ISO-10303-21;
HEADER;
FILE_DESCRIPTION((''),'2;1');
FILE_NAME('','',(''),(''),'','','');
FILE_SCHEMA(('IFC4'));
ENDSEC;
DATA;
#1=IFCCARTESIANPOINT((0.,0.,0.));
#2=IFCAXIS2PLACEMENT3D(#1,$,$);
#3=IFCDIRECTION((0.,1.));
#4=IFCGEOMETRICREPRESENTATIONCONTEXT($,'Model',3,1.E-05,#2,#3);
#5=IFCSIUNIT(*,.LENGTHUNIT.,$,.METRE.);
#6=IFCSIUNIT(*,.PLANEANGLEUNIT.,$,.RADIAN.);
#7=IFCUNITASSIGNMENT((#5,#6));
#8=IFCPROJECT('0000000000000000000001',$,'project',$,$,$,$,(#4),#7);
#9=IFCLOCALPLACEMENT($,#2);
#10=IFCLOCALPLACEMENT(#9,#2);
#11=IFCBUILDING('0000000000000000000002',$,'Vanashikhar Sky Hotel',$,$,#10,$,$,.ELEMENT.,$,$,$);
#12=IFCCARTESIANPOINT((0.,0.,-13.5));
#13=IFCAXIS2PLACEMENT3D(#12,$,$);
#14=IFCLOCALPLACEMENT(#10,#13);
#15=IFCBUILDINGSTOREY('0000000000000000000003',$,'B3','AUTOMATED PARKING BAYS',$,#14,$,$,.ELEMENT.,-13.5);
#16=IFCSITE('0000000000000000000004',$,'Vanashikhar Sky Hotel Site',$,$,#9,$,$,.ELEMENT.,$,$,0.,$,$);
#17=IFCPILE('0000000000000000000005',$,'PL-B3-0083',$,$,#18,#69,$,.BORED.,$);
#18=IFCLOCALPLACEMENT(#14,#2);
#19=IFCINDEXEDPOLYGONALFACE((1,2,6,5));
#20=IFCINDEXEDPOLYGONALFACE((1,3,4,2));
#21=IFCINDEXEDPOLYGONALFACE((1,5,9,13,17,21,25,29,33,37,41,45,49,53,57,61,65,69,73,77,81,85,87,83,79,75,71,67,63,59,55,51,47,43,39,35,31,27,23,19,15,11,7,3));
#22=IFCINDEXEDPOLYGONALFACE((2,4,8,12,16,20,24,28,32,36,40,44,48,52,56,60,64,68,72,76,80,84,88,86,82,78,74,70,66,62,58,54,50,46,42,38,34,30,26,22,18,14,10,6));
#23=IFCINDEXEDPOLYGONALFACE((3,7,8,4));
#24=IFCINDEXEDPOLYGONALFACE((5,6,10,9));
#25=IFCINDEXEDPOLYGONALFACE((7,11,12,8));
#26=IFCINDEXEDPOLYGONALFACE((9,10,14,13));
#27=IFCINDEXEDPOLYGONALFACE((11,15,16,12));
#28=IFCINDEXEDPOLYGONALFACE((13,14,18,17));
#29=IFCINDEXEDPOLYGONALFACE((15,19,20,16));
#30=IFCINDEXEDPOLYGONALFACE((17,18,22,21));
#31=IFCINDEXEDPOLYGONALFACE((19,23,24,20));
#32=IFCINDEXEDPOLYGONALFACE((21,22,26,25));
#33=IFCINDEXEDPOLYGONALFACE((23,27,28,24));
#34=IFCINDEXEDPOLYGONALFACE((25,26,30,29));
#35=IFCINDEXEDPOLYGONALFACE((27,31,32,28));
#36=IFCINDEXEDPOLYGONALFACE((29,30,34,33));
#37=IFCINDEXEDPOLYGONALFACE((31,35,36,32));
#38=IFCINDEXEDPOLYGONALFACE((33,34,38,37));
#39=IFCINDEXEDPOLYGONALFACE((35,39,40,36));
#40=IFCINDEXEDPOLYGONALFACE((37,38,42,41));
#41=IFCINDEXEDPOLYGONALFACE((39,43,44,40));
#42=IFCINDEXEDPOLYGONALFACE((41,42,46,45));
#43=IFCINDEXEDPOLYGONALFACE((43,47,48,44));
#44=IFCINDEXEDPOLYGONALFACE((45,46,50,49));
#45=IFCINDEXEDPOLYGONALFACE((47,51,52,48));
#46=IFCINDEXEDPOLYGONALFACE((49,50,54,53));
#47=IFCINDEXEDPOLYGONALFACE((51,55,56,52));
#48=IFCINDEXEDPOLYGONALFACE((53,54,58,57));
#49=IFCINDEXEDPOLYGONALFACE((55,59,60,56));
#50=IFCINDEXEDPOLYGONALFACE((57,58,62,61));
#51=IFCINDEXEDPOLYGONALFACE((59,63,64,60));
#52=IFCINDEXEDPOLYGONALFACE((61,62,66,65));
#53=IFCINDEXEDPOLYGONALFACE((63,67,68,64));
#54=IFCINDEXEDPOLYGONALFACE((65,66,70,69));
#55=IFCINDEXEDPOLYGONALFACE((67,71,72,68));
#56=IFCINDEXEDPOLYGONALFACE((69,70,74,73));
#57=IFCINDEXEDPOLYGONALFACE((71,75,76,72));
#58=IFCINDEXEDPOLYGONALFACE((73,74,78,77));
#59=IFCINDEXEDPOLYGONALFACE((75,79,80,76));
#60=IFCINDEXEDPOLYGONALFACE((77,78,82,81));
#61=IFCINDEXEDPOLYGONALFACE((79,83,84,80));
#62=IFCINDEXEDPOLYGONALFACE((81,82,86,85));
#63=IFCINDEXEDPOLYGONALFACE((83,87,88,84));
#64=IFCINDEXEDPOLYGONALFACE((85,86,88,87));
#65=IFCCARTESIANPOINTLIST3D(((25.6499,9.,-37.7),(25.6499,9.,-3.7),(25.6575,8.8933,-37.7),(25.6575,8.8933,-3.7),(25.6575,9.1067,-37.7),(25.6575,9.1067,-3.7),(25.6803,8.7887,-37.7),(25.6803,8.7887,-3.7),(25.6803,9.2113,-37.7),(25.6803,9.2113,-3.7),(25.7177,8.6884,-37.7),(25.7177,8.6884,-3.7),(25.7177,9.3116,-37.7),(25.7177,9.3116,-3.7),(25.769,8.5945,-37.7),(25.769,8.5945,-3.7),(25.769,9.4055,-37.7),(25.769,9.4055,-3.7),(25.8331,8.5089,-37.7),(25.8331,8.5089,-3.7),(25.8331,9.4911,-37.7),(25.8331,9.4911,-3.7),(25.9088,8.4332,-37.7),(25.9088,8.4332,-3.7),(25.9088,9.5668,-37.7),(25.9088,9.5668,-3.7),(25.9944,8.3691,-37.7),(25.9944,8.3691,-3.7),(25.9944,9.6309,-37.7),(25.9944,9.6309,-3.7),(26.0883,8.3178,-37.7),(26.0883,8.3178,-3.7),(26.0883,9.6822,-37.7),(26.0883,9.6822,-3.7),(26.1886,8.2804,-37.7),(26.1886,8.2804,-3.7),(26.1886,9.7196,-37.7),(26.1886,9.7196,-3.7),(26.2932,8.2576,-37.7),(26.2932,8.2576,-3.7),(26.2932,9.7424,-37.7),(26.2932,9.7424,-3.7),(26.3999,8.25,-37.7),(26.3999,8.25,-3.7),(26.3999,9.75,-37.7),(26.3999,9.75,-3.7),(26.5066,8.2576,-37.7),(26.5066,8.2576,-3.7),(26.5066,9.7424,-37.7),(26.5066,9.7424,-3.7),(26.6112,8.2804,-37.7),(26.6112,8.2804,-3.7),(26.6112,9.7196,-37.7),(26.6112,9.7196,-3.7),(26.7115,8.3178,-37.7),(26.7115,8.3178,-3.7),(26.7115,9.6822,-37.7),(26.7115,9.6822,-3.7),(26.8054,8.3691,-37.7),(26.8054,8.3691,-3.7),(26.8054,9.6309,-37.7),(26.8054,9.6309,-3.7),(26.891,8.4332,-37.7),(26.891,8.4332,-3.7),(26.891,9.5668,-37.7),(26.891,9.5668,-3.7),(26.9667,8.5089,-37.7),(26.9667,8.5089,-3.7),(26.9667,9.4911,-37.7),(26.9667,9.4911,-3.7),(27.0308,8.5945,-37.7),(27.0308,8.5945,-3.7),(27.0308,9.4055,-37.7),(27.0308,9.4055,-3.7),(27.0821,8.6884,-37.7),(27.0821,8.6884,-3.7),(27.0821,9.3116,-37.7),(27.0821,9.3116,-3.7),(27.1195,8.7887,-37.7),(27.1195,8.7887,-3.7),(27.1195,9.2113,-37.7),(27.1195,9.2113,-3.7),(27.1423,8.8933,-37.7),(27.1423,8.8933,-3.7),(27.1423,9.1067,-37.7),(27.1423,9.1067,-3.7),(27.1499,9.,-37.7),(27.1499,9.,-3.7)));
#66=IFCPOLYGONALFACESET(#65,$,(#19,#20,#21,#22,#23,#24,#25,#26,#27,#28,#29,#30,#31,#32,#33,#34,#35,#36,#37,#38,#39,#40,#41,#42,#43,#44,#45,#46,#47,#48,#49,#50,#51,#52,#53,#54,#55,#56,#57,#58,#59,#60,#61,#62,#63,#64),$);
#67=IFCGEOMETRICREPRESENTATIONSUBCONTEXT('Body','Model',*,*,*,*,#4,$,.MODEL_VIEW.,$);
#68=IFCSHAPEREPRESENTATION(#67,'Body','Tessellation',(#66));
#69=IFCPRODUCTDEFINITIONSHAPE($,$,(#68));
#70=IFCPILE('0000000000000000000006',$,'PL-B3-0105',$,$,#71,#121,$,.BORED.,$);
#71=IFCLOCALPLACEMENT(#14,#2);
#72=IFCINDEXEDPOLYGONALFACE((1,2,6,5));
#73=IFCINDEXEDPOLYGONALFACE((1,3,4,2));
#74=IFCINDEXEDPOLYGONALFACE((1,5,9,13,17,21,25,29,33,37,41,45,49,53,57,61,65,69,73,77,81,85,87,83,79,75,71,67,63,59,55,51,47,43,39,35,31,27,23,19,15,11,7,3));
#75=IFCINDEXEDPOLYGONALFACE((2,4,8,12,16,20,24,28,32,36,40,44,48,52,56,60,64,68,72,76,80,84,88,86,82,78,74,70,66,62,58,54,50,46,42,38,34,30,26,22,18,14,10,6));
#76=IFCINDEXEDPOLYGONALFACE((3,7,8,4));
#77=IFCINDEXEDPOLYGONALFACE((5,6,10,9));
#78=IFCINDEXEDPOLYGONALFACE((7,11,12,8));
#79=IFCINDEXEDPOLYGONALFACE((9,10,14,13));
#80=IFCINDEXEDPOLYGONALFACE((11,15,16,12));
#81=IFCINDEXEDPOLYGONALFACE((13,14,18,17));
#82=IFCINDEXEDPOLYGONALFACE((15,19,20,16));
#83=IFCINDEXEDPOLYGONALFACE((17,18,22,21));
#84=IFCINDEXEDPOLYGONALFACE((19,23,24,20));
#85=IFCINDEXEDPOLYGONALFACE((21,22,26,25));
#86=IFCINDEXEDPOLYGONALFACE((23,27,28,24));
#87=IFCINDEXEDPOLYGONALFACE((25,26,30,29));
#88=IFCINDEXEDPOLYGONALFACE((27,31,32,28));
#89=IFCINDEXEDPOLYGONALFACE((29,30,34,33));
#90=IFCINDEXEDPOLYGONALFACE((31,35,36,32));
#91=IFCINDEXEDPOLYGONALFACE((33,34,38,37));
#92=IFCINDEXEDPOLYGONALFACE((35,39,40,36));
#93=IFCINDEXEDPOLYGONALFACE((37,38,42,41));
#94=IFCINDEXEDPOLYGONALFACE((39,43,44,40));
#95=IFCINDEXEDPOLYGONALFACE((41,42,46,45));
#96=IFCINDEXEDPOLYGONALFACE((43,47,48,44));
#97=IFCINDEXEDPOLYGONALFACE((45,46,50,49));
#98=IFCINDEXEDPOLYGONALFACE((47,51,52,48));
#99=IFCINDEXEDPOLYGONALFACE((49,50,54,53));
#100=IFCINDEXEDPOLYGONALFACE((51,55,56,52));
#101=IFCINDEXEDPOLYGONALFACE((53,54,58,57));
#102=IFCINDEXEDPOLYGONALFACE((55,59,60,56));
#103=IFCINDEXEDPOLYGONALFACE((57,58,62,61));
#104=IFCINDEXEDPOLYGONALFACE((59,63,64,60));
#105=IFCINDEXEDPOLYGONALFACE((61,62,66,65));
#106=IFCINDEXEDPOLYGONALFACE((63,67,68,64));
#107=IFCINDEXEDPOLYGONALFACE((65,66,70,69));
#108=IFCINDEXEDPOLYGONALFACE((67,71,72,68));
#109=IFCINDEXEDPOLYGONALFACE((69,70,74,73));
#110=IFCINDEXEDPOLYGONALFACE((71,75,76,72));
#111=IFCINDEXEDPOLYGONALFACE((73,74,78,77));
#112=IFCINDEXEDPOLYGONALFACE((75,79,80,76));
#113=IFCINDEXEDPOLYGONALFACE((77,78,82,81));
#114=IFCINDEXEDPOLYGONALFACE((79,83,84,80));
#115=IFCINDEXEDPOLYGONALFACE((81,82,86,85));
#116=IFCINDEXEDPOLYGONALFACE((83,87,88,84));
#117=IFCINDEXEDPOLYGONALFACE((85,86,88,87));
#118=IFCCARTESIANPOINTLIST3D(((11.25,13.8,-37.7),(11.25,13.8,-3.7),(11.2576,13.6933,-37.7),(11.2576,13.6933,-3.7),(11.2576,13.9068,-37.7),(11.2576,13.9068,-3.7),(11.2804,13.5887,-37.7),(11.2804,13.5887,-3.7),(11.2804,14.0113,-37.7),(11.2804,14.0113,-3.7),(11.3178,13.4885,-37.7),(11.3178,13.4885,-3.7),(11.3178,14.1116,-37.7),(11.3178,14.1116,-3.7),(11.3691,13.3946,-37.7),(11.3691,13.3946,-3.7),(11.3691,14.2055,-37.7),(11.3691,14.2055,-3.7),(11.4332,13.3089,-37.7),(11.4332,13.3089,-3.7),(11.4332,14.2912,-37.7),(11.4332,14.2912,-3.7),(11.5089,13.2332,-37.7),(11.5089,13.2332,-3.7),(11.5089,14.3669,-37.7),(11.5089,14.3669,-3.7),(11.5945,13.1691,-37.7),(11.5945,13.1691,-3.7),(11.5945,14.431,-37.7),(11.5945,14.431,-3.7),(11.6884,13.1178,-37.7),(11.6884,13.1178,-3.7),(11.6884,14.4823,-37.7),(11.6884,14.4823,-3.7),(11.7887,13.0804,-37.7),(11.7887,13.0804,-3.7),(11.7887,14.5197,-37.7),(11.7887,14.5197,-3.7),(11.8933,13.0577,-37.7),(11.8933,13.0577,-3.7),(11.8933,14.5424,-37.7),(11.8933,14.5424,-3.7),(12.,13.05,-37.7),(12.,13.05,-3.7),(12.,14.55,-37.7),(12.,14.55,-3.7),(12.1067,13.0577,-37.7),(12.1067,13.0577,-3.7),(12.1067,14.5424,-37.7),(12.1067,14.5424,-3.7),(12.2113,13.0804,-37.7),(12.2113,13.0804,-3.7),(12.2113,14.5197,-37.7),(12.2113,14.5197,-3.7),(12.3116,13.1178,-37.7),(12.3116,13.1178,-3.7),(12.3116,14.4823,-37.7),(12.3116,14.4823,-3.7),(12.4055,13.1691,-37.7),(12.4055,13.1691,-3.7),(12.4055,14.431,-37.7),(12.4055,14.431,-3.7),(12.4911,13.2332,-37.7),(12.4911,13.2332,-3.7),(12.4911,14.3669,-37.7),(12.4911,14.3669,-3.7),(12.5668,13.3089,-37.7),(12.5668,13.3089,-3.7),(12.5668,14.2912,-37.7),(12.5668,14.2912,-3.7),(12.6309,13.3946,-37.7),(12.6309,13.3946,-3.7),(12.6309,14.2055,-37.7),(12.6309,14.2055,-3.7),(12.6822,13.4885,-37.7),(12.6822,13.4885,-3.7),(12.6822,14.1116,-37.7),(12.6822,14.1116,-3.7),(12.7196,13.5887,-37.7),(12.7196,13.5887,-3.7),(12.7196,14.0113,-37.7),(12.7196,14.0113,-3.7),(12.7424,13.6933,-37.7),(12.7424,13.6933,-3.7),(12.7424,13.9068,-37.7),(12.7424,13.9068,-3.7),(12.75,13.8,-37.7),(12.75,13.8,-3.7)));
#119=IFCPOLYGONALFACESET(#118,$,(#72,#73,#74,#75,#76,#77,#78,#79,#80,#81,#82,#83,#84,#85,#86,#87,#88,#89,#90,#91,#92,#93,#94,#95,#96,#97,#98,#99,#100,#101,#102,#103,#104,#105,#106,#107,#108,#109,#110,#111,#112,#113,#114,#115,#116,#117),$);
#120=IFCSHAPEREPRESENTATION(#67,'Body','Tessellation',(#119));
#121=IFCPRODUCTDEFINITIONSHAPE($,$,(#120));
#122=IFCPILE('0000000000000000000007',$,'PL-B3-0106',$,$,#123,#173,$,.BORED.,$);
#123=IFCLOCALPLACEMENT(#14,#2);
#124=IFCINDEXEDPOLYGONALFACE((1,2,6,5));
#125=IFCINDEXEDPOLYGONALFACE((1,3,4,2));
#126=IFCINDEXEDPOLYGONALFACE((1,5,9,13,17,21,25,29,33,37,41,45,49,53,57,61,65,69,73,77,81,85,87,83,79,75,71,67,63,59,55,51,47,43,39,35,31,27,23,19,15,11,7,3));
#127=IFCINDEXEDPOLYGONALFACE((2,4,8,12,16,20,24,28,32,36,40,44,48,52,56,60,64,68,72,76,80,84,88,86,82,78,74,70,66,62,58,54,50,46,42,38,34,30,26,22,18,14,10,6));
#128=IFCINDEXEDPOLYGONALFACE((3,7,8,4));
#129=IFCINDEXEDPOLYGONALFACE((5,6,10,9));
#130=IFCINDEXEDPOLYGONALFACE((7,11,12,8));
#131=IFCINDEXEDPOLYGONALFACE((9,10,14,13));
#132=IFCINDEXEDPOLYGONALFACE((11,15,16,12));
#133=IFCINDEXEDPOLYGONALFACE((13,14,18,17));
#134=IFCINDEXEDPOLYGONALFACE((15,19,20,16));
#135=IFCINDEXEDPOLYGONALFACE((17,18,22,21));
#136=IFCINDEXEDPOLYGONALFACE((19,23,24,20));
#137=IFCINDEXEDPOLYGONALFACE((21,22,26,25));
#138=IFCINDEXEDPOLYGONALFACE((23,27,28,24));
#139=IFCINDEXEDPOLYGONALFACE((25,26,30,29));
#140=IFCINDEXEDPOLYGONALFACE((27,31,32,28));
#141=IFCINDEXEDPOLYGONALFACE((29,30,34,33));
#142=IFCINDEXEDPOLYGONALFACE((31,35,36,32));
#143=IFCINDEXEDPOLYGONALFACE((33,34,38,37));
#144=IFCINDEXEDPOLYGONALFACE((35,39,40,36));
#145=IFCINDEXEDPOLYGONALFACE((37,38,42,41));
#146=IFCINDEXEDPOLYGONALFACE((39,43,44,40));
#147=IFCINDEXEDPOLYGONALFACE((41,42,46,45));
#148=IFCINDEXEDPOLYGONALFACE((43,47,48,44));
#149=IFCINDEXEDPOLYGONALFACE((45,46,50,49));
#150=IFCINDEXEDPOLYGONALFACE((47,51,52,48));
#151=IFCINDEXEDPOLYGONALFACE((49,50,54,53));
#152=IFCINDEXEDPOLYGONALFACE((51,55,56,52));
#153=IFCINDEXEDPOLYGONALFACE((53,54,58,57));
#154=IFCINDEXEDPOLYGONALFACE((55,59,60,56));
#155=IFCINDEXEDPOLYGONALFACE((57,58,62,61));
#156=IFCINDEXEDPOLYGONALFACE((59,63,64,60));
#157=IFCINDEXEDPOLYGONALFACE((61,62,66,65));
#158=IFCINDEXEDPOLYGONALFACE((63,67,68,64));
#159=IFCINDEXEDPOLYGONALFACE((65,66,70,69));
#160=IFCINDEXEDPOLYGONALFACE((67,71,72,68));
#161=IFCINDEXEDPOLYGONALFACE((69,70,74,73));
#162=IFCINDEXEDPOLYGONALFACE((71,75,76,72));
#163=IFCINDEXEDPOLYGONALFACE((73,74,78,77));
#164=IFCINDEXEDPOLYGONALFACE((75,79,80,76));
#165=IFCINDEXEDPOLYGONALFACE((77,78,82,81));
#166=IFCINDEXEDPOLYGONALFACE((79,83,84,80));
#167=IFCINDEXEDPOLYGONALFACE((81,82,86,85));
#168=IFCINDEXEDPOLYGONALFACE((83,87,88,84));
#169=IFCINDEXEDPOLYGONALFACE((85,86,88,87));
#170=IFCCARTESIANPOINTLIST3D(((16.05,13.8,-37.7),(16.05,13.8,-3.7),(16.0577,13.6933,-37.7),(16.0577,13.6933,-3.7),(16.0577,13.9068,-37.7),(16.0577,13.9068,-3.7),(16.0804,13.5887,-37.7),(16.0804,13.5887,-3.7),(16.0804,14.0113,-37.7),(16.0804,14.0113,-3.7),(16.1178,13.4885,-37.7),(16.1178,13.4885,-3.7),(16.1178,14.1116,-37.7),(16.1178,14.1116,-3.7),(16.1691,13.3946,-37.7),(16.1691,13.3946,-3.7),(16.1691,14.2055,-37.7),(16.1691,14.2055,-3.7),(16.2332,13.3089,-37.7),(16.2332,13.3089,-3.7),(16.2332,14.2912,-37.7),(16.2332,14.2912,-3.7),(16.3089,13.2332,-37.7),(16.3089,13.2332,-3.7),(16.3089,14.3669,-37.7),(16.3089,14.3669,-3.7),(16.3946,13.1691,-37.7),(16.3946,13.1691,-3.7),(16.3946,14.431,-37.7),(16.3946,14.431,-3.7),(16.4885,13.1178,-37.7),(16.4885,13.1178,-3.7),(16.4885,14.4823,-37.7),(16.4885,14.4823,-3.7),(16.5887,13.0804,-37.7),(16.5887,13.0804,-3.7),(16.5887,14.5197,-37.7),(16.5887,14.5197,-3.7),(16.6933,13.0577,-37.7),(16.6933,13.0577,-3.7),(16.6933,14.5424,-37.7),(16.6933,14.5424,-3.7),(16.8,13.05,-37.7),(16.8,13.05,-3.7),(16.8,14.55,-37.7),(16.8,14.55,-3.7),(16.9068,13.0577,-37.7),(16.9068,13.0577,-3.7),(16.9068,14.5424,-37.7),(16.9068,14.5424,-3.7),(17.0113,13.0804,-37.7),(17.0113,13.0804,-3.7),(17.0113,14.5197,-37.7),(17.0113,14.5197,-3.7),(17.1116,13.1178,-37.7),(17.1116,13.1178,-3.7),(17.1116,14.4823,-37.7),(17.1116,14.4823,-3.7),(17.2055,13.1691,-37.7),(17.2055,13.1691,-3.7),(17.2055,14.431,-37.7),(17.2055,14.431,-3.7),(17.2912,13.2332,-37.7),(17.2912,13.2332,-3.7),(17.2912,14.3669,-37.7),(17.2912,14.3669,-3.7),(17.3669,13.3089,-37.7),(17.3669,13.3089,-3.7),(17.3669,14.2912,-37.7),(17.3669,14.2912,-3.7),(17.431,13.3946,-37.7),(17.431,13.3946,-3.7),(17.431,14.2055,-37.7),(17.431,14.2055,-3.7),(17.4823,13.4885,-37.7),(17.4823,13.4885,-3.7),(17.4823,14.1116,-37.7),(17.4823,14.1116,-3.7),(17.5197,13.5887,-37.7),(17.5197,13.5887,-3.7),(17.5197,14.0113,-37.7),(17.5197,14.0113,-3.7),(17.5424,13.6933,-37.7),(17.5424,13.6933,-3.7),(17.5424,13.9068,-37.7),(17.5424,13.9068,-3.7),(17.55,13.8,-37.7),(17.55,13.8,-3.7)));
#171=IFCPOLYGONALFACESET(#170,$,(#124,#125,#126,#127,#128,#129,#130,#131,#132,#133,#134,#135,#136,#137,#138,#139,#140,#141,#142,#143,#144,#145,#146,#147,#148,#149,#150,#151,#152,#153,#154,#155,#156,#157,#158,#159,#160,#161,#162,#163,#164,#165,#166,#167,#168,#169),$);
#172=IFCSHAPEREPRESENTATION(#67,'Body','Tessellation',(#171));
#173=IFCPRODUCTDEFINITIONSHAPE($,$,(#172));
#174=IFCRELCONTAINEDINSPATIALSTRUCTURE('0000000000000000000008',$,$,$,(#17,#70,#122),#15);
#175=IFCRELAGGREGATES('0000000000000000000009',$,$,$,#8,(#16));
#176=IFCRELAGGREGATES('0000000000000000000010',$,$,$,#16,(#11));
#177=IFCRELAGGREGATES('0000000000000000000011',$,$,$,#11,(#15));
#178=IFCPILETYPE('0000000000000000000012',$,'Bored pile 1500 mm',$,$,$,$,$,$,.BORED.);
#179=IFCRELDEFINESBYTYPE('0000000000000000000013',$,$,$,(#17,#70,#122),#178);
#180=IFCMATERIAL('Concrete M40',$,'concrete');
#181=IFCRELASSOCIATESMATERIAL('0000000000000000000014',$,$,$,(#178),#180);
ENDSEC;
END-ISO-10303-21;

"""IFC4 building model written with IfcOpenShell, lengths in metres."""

from ifc_helpers import new_model, si_unit, direction, frame, origin, origin_2d, place, context, subcontext, project, spatial, circle, extrude, source, transform, mapped, material, type_object, element, save


model = new_model("IFC4")

# Units and contexts
model_context = context("Model", 3, precision=1e-05, world=origin(), true_north=direction((0.0, 1.0)))
body_context = subcontext(model_context, "Body", "Model", "MODEL_VIEW")
ifc_project = project(units=[si_unit("LENGTHUNIT", "METRE"), si_unit("PLANEANGLEUNIT", "RADIAN")], contexts=[model_context])

# Site, building, storey
site_placement = place(None, origin())
site = spatial("IfcSite", under=ifc_project, at=site_placement, Name="Vanashikhar Sky Hotel Site", CompositionType="ELEMENT", RefElevation=0.0)
building_placement = place(site_placement, origin())
building = spatial("IfcBuilding", under=site, at=building_placement, Name="Vanashikhar Sky Hotel", CompositionType="ELEMENT")
storey_placement = place(building_placement, frame((0.0, 0.0, -13.5)))
storey = spatial("IfcBuildingStorey", under=building, at=storey_placement, Name="B3", Description="AUTOMATED PARKING BAYS", CompositionType="ELEMENT", Elevation=-13.5)

# Piles
ifc_material_1 = material(Name="Concrete M40", Category="concrete")
pile_type = type_object("IfcPileType", Name="Bored pile 1500 mm", PredefinedType="BORED", material=ifc_material_1)
shared_shape_1 = source(origin(), body_context, "Body", "SweptSolid", [
    extrude(circle(Radius=0.75, at=origin_2d()), origin(), (0.0, 0.0, 1.0), 34.0),
])
for number, where, z_axis, x_axis, name in (
    (1, (26.3999, 9.0, -3.7), (0.0, 0.0, -1.0), (1.0, 0.0, 0.0), "PL-B3-0083"),
    (2, (12.0, 13.8, -3.7), (0.0, 0.0, -1.0), (1.0, 0.0, 0.0), "PL-B3-0105"),
    (3, (16.8, 13.8, -3.7), (0.0, 0.0, -1.0), (1.0, 0.0, 0.0), "PL-B3-0106"),
):
    element("IfcPile", number, at=place(storey_placement, frame(where, z_axis=z_axis, x_axis=x_axis)), inside=storey, type_object=pile_type, Name=name, PredefinedType="BORED", context=body_context, shape_type="MappedRepresentation", body=[
        mapped(shared_shape_1, transform((0.0, 0.0, 0.0), scale=1.0)),
    ])

save(model, "model.ifc")
